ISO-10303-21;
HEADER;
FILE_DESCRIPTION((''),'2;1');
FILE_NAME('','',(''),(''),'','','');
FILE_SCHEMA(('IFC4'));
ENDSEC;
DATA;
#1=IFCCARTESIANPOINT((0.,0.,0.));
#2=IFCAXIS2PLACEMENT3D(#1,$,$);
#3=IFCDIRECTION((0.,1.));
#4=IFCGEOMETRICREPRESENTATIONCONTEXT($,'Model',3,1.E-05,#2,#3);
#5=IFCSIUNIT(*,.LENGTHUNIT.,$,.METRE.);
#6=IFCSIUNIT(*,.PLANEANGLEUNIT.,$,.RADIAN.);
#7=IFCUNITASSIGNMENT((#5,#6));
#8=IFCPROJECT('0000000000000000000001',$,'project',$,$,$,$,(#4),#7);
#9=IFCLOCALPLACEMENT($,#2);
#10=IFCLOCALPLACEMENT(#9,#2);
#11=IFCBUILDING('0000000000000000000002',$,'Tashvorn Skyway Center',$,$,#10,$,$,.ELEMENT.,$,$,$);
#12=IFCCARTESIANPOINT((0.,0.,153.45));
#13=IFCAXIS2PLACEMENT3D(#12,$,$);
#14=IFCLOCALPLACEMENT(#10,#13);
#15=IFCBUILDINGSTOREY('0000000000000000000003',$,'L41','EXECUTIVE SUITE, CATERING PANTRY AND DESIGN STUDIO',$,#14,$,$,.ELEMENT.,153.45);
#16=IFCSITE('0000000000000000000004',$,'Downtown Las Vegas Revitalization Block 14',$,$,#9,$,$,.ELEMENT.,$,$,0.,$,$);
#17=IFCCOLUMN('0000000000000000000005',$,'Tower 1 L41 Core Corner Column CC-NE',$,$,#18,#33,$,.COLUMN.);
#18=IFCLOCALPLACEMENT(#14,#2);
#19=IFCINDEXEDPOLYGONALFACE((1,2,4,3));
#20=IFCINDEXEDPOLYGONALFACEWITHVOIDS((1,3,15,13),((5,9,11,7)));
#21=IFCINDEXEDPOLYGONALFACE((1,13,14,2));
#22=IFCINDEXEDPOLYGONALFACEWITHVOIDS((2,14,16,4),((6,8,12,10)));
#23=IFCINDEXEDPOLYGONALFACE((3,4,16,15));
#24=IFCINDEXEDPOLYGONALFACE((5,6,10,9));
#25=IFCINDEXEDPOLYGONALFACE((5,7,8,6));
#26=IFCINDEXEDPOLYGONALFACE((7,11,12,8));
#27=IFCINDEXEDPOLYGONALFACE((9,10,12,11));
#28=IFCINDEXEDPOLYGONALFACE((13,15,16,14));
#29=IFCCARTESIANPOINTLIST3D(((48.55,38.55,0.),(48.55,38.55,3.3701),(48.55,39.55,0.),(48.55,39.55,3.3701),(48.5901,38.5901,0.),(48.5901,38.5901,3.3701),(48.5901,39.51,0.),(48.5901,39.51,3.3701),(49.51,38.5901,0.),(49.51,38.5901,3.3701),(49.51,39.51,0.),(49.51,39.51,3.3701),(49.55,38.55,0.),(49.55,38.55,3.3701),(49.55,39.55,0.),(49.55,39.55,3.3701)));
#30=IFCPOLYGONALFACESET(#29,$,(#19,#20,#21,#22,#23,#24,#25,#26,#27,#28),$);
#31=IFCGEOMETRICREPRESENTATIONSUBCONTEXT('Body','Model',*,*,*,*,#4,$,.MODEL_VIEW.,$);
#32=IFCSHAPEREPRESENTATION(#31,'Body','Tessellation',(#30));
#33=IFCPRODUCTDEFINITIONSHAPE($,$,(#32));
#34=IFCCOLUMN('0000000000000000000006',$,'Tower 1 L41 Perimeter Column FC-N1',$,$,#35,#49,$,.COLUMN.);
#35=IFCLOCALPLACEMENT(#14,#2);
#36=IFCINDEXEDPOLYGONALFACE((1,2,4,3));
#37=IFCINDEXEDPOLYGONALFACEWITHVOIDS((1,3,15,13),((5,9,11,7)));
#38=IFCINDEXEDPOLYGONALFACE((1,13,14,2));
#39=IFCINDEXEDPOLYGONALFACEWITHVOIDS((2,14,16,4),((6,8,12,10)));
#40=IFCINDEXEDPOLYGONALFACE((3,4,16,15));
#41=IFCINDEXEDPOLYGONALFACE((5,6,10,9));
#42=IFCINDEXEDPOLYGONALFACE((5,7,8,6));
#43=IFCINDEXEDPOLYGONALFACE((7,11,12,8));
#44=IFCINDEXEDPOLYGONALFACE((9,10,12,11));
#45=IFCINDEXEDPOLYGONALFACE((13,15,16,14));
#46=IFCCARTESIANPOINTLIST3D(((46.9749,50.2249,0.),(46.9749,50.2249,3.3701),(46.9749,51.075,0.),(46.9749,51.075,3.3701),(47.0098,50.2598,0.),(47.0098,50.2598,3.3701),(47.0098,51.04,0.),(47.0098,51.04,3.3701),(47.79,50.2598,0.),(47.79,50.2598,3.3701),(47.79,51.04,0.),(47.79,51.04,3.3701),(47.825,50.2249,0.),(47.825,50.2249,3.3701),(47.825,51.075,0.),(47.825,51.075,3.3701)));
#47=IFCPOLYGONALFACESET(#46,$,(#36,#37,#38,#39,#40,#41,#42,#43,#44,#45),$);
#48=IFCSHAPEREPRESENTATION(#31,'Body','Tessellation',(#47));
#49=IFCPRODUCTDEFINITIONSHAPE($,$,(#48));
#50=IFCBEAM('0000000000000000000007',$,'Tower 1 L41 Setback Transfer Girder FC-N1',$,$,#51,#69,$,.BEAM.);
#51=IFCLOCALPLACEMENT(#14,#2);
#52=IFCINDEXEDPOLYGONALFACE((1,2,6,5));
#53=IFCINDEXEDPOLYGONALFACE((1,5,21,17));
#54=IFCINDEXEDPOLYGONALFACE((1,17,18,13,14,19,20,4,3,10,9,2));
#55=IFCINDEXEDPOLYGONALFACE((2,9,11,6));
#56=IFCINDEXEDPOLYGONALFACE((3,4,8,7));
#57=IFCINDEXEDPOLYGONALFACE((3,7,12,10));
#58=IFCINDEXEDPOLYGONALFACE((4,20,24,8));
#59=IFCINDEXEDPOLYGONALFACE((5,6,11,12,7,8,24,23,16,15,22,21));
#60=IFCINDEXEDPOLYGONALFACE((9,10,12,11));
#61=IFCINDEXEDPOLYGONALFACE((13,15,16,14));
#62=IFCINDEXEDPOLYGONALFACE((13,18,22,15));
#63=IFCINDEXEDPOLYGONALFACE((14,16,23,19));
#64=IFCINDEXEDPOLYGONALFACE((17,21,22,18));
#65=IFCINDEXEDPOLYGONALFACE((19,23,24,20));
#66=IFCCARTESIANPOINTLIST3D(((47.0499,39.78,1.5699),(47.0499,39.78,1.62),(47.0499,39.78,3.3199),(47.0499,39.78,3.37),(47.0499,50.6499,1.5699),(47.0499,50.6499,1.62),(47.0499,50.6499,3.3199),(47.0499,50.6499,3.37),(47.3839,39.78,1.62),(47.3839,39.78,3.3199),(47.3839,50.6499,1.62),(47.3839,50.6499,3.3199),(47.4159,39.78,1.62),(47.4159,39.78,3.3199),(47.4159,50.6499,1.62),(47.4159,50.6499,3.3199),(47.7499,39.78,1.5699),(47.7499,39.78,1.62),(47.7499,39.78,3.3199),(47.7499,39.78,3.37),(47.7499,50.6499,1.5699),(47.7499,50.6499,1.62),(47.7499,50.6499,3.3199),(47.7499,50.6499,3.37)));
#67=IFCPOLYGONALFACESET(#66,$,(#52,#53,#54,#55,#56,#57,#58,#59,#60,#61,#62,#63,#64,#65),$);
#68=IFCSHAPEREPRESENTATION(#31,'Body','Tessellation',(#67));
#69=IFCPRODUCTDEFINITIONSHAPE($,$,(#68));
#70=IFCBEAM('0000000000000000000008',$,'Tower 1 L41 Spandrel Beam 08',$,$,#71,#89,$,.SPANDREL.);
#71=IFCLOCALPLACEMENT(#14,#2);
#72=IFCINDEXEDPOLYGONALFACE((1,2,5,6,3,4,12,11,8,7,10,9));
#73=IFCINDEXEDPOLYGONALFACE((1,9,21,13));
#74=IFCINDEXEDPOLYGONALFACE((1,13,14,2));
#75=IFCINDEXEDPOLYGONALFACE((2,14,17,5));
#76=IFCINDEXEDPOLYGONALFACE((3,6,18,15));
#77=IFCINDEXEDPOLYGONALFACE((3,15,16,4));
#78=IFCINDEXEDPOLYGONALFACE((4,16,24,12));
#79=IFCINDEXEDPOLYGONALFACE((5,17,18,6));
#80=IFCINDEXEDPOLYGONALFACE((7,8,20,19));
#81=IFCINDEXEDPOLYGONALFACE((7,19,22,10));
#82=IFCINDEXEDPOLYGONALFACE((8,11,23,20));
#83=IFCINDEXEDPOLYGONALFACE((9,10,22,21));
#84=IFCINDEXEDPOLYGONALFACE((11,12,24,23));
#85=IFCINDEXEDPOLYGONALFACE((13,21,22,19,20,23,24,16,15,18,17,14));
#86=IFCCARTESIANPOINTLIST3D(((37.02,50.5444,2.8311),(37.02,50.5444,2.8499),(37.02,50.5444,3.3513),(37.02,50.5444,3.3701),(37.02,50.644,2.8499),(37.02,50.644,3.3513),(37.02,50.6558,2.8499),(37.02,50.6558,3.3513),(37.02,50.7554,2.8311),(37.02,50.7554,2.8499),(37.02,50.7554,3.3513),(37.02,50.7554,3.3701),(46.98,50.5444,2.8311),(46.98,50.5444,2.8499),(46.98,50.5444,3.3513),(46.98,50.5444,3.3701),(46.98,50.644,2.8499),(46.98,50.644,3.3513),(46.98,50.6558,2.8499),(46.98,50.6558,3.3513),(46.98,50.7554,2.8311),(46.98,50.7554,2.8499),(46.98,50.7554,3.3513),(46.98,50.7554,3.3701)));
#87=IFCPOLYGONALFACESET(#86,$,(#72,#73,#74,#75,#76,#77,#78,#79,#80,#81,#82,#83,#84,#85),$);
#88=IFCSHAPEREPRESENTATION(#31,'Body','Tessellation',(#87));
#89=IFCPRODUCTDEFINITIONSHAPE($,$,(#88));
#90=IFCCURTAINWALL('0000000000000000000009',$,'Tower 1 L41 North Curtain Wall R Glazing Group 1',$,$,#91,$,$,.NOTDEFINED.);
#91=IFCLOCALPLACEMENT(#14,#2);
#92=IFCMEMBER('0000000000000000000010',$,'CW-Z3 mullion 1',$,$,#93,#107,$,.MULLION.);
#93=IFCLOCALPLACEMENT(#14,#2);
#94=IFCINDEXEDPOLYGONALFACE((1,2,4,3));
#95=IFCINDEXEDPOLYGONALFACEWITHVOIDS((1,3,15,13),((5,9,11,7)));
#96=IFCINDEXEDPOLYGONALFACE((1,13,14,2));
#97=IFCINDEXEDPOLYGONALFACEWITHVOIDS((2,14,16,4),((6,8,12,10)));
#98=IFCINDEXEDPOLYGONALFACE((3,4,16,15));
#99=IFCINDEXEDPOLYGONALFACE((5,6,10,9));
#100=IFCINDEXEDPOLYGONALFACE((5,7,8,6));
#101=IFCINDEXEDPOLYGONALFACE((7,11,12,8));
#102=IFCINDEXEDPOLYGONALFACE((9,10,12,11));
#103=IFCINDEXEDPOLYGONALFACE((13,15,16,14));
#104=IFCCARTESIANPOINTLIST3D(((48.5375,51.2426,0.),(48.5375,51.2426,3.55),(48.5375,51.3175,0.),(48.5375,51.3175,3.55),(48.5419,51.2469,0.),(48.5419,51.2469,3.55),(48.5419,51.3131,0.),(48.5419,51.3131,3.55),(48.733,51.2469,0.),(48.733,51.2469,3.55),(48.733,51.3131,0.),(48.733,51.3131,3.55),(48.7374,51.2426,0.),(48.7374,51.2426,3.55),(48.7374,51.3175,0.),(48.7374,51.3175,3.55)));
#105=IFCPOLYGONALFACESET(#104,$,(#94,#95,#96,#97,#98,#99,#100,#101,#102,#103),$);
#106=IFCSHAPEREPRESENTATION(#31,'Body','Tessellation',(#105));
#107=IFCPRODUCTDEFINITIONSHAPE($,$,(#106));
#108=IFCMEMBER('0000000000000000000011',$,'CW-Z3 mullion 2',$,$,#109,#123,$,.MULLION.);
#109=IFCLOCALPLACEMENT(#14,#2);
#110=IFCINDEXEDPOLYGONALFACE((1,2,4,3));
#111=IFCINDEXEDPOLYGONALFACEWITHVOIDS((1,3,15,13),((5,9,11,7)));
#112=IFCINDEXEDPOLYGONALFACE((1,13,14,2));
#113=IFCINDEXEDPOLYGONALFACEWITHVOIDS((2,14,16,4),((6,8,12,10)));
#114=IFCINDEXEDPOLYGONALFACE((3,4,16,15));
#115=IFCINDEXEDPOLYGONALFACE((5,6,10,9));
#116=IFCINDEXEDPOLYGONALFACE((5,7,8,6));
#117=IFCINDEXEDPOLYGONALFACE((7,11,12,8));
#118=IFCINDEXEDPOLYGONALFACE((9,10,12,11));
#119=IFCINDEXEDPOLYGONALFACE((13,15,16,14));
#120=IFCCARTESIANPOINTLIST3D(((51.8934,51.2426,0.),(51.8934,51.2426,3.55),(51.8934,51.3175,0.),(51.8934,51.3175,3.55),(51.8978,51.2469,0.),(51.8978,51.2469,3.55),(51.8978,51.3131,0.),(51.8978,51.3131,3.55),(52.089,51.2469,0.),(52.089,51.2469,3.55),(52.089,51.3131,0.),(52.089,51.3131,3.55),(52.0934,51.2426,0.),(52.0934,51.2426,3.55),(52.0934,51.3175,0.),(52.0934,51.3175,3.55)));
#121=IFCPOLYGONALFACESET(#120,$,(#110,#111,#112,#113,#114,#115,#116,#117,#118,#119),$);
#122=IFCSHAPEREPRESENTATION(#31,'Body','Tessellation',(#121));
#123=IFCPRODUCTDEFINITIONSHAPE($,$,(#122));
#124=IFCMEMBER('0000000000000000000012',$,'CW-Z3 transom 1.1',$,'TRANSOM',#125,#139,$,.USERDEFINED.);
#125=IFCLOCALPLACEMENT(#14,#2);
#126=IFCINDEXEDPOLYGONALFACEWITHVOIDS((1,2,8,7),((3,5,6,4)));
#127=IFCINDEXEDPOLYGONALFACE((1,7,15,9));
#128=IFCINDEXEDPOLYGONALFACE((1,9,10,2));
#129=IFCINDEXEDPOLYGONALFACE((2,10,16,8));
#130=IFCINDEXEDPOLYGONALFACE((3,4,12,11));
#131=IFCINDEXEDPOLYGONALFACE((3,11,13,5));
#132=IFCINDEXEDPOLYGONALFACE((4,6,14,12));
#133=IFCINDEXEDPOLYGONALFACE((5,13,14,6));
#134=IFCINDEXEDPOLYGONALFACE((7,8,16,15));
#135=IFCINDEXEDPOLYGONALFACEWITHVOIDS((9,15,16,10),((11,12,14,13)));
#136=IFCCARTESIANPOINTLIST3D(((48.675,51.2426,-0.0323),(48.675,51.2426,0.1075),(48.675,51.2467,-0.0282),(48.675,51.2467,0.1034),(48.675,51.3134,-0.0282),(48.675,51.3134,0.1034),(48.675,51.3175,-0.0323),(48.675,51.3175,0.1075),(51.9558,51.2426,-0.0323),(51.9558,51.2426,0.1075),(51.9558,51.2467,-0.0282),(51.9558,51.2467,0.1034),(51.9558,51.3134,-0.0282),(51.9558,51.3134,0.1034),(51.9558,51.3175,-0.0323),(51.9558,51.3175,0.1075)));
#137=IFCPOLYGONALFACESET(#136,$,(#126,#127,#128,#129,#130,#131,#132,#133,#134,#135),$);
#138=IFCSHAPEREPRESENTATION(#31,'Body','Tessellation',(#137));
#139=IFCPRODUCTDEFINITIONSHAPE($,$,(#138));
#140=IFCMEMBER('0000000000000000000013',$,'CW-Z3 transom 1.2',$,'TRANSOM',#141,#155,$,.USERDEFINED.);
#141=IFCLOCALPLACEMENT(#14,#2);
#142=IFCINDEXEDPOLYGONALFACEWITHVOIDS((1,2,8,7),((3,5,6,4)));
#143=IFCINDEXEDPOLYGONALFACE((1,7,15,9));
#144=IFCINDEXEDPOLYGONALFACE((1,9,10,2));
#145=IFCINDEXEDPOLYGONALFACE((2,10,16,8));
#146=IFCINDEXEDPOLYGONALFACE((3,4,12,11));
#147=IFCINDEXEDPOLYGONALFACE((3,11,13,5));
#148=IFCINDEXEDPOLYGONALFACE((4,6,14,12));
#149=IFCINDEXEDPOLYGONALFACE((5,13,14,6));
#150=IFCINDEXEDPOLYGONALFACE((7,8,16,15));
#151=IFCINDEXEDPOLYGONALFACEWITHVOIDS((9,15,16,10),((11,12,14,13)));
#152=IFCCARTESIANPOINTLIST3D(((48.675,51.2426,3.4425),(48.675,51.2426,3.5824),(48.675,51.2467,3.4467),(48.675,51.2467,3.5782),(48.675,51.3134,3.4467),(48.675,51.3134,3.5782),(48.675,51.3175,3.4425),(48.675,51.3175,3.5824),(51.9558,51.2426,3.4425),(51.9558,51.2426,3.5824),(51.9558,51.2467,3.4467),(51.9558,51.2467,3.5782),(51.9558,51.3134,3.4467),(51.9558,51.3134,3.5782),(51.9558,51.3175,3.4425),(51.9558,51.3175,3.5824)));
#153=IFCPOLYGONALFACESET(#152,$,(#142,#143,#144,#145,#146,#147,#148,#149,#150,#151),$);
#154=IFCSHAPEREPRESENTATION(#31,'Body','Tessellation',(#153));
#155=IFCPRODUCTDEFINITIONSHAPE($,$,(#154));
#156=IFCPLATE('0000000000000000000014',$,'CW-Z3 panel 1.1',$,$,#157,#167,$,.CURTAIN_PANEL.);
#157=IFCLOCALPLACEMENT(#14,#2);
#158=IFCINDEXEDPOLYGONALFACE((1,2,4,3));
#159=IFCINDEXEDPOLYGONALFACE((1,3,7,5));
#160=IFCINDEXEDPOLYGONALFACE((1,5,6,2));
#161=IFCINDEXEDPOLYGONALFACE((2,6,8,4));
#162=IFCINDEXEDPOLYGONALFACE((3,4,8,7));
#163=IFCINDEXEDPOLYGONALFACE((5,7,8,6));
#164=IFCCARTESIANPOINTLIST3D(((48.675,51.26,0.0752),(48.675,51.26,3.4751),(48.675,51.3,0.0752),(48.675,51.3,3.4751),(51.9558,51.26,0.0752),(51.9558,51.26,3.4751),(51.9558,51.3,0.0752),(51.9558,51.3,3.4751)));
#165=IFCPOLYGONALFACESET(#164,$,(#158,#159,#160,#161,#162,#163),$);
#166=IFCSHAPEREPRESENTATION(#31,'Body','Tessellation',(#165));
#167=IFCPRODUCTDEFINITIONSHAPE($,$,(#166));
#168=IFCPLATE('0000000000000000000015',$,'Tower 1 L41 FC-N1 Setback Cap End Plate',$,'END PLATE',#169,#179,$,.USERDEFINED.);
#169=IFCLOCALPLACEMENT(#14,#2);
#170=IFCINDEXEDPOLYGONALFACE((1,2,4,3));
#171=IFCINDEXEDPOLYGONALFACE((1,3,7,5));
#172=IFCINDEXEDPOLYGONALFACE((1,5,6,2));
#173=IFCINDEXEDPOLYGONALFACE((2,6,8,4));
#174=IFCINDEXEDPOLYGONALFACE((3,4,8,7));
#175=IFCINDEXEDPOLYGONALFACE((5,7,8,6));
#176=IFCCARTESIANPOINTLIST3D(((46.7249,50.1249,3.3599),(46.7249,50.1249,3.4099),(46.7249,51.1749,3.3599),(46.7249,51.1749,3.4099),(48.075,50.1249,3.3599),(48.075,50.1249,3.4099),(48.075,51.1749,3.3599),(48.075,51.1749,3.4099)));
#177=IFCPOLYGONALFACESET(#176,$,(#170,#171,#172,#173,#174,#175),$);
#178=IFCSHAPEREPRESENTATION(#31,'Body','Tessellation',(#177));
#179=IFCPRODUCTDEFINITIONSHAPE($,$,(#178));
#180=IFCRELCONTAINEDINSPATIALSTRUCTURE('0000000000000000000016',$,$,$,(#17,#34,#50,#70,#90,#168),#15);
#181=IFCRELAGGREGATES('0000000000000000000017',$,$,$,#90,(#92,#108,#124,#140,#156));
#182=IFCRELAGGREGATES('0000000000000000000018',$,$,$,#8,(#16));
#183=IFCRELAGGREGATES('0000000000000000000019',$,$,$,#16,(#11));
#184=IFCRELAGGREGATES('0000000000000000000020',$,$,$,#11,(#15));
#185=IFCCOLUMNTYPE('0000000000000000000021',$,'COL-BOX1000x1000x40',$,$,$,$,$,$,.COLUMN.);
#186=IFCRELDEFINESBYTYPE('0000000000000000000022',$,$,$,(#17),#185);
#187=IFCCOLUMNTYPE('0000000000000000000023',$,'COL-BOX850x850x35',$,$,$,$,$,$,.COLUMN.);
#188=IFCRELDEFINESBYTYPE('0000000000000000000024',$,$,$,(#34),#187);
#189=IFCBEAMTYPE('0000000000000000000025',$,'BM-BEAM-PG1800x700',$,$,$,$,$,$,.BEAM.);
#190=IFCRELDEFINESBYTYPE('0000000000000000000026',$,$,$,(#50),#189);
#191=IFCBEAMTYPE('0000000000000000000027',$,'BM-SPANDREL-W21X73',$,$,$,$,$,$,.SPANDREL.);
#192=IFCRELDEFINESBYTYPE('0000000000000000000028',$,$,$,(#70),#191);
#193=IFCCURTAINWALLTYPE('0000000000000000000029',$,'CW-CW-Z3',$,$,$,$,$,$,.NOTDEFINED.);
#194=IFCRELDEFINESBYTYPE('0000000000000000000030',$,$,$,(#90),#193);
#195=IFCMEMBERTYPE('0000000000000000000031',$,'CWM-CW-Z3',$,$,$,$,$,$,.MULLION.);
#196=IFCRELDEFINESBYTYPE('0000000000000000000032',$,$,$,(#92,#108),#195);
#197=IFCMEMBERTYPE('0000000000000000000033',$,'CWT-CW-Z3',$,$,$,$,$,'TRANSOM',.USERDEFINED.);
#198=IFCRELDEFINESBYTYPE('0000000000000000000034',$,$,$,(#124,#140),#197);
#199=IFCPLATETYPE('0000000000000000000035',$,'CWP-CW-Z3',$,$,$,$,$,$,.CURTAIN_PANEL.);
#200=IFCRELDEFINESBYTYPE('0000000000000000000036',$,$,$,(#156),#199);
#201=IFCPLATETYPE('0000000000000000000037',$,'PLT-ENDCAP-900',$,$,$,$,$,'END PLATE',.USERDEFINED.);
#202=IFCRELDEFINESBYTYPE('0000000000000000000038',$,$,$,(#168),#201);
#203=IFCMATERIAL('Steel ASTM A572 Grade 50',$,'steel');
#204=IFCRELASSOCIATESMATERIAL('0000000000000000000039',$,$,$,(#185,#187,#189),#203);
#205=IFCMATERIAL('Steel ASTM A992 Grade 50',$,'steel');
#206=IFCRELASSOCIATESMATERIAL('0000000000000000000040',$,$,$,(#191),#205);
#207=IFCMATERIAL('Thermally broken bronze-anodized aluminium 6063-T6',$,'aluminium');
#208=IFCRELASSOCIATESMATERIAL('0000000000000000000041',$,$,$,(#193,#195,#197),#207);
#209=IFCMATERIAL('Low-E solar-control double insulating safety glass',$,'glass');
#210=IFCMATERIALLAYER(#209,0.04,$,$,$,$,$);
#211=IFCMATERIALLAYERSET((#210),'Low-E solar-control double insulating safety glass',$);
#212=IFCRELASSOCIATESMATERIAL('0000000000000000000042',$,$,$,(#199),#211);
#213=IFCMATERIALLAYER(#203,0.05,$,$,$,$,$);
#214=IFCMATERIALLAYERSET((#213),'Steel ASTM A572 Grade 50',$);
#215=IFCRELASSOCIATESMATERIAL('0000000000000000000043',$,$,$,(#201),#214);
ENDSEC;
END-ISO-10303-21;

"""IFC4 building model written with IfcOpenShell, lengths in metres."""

from ifc_helpers import new_model, si_unit, direction, frame, origin, origin_2d, place, context, subcontext, project, spatial, rectangle, hollow_rectangle, i_section, extrude, material, layer, layer_set, material_profile, profile_set, type_object, element, aggregate, save


model = new_model("IFC4")

# Units and contexts
model_context = context("Model", 3, precision=1e-05, world=origin(), true_north=direction((0.0, 1.0)))
body_context = subcontext(model_context, "Body", "Model", "MODEL_VIEW")
ifc_project = project(units=[si_unit("LENGTHUNIT", "METRE"), si_unit("PLANEANGLEUNIT", "RADIAN")], contexts=[model_context])

# Site, building, storey
site_placement = place(None, origin())
site = spatial("IfcSite", under=ifc_project, at=site_placement, Name="Downtown Las Vegas Revitalization Block 14", CompositionType="ELEMENT", RefElevation=0.0)
building_placement = place(site_placement, origin())
building = spatial("IfcBuilding", under=site, at=building_placement, Name="Tashvorn Skyway Center", CompositionType="ELEMENT")
storey_placement = place(building_placement, frame((0.0, 0.0, 153.45)))
storey = spatial("IfcBuildingStorey", under=building, at=storey_placement, Name="L41", Description="EXECUTIVE SUITE, CATERING PANTRY AND DESIGN STUDIO", CompositionType="ELEMENT", Elevation=153.45)

# Columns
ifc_material_1 = material(Name="Steel ASTM A572 Grade 50", Category="steel")
ifc_material_profile_1 = material_profile(ifc_material_1, hollow_rectangle(XDim=1.0, YDim=1.0, WallThickness=0.04, at=origin_2d()), Name="BOX1000x1000x40")
ifc_profile_set_1 = profile_set([ifc_material_profile_1], Name="Steel ASTM A572 Grade 50")
column_type_1 = type_object("IfcColumnType", Name="COL-BOX1000x1000x40", PredefinedType="COLUMN", material=ifc_profile_set_1)
column_1_placement = place(storey_placement, frame((49.05, 39.05, 0.0), z_axis=(0.0, 0.0, 1.0), x_axis=(1.0, 0.0, 0.0)))
element("IfcColumn", 1, at=column_1_placement, inside=storey, type_object=column_type_1, Name="Tower 1 L41 Core Corner Column CC-NE", PredefinedType="COLUMN", context=body_context, shape_type="SweptSolid", body=[
    extrude(hollow_rectangle(XDim=1.0, YDim=1.0, WallThickness=0.04, at=origin_2d()), origin(), (0.0, 0.0, 1.0), 3.3701),
])
ifc_material_profile_2 = material_profile(ifc_material_1, hollow_rectangle(XDim=0.8501, YDim=0.8501, WallThickness=0.0349, at=origin_2d()), Name="BOX850x850x35")
ifc_profile_set_2 = profile_set([ifc_material_profile_2], Name="Steel ASTM A572 Grade 50")
column_type_2 = type_object("IfcColumnType", Name="COL-BOX850x850x35", PredefinedType="COLUMN", material=ifc_profile_set_2)
column_2_placement = place(storey_placement, frame((47.3999, 50.6499, 0.0), z_axis=(0.0, 0.0, 1.0), x_axis=(1.0, 0.0, 0.0)))
element("IfcColumn", 2, at=column_2_placement, inside=storey, type_object=column_type_2, Name="Tower 1 L41 Perimeter Column FC-N1", PredefinedType="COLUMN", context=body_context, shape_type="SweptSolid", body=[
    extrude(hollow_rectangle(XDim=0.8501, YDim=0.8501, WallThickness=0.0349, at=origin_2d()), origin(), (0.0, 0.0, 1.0), 3.3701),
])

# Beams
ifc_material_profile_3 = material_profile(ifc_material_1, i_section(OverallWidth=0.7, OverallDepth=1.8, WebThickness=0.032, FlangeThickness=0.05, at=origin_2d()), Name="PG1800x700")
ifc_profile_set_3 = profile_set([ifc_material_profile_3], Name="Steel ASTM A572 Grade 50")
beam_type_1 = type_object("IfcBeamType", Name="BM-BEAM-PG1800x700", PredefinedType="BEAM", material=ifc_profile_set_3)
beam_1_placement = place(storey_placement, frame((47.3999, 50.6499, 2.47), z_axis=(0.0, -1.0, 0.0), x_axis=(1.0, 0.0, 0.0)))
element("IfcBeam", 3, at=beam_1_placement, inside=storey, type_object=beam_type_1, Name="Tower 1 L41 Setback Transfer Girder FC-N1", PredefinedType="BEAM", context=body_context, shape_type="SweptSolid", body=[
    extrude(i_section(OverallWidth=0.7, OverallDepth=1.8, WebThickness=0.032, FlangeThickness=0.05, at=origin_2d()), origin(), (0.0, 0.0, 1.0), 10.8699),
])
ifc_material_2 = material(Name="Steel ASTM A992 Grade 50", Category="steel")
ifc_material_profile_4 = material_profile(ifc_material_2, i_section(OverallWidth=0.2109, OverallDepth=0.5391, WebThickness=0.0117, FlangeThickness=0.0188, at=origin_2d()), Name="W21X73")
ifc_profile_set_4 = profile_set([ifc_material_profile_4], Name="Steel ASTM A992 Grade 50")
beam_type_2 = type_object("IfcBeamType", Name="BM-SPANDREL-W21X73", PredefinedType="SPANDREL", material=ifc_profile_set_4)
beam_2_placement = place(storey_placement, frame((46.98, 50.6499, 3.1006), z_axis=(-1.0, 0.0, 0.0), x_axis=(0.0, -1.0, 0.0)))
element("IfcBeam", 4, at=beam_2_placement, inside=storey, type_object=beam_type_2, Name="Tower 1 L41 Spandrel Beam 08", PredefinedType="SPANDREL", context=body_context, shape_type="SweptSolid", body=[
    extrude(i_section(OverallWidth=0.2109, OverallDepth=0.5391, WebThickness=0.0117, FlangeThickness=0.0188, at=origin_2d()), origin(), (0.0, 0.0, 1.0), 9.96),
])

# Curtain wall, members, plate
ifc_material_3 = material(Name="Thermally broken bronze-anodized aluminium 6063-T6", Category="aluminium")
curtain_wall_type = type_object("IfcCurtainWallType", Name="CW-CW-Z3", PredefinedType="NOTDEFINED", material=ifc_material_3)
curtain_wall_placement = place(storey_placement, origin())
curtain_wall = element("IfcCurtainWall", 5, at=curtain_wall_placement, inside=storey, type_object=curtain_wall_type, Name="Tower 1 L41 North Curtain Wall R Glazing Group 1", PredefinedType="NOTDEFINED")
ifc_material_profile_5 = material_profile(ifc_material_3, hollow_rectangle(XDim=0.075, YDim=0.2, WallThickness=0.0044, at=origin_2d()), Name="ALU-MULL-75x200")
ifc_profile_set_5 = profile_set([ifc_material_profile_5], Name="Thermally broken bronze-anodized aluminium 6063-T6")
member_type_1 = type_object("IfcMemberType", Name="CWM-CW-Z3", PredefinedType="MULLION", material=ifc_profile_set_5)
member_1_placement = place(storey_placement, frame((48.6375, 51.28, 0.0), z_axis=(0.0, 0.0, 1.0), x_axis=(0.0, 1.0, 0.0)))
member_1 = element("IfcMember", 6, at=member_1_placement, type_object=member_type_1, Name="CW-Z3 mullion 1", PredefinedType="MULLION", context=body_context, shape_type="SweptSolid", body=[
    extrude(hollow_rectangle(XDim=0.075, YDim=0.2, WallThickness=0.0044, at=origin_2d()), origin(), (0.0, 0.0, 1.0), 3.55),
])
member_2_placement = place(storey_placement, frame((51.9934, 51.28, 0.0), z_axis=(0.0, 0.0, 1.0), x_axis=(0.0, 1.0, 0.0)))
member_2 = element("IfcMember", 7, at=member_2_placement, type_object=member_type_1, Name="CW-Z3 mullion 2", PredefinedType="MULLION", context=body_context, shape_type="SweptSolid", body=[
    extrude(hollow_rectangle(XDim=0.075, YDim=0.2, WallThickness=0.0044, at=origin_2d()), origin(), (0.0, 0.0, 1.0), 3.55),
])
ifc_material_profile_6 = material_profile(ifc_material_3, hollow_rectangle(XDim=0.075, YDim=0.1399, WallThickness=0.0042, at=origin_2d()), Name="ALU-TRAN-75x140")
ifc_profile_set_6 = profile_set([ifc_material_profile_6], Name="Thermally broken bronze-anodized aluminium 6063-T6")
member_type_2 = type_object("IfcMemberType", Name="CWT-CW-Z3", ElementType="TRANSOM", PredefinedType="USERDEFINED", material=ifc_profile_set_6)
member_3_placement = place(storey_placement, frame((48.675, 51.28, 0.0376), z_axis=(1.0, 0.0, 0.0), x_axis=(0.0, 1.0, 0.0)))
member_3 = element("IfcMember", 8, at=member_3_placement, type_object=member_type_2, Name="CW-Z3 transom 1.1", ObjectType="TRANSOM", PredefinedType="USERDEFINED", context=body_context, shape_type="SweptSolid", body=[
    extrude(hollow_rectangle(XDim=0.075, YDim=0.1399, WallThickness=0.0042, at=origin_2d()), origin(), (0.0, 0.0, 1.0), 3.2808),
])
member_4_placement = place(storey_placement, frame((48.675, 51.28, 3.5125), z_axis=(1.0, 0.0, 0.0), x_axis=(0.0, 1.0, 0.0)))
member_4 = element("IfcMember", 9, at=member_4_placement, type_object=member_type_2, Name="CW-Z3 transom 1.2", ObjectType="TRANSOM", PredefinedType="USERDEFINED", context=body_context, shape_type="SweptSolid", body=[
    extrude(hollow_rectangle(XDim=0.075, YDim=0.1399, WallThickness=0.0042, at=origin_2d()), origin(), (0.0, 0.0, 1.0), 3.2808),
])
ifc_material_4 = material(Name="Low-E solar-control double insulating safety glass", Category="glass")
ifc_layer_1 = layer(ifc_material_4, 0.04)
ifc_layer_set_1 = layer_set([ifc_layer_1], Name="Low-E solar-control double insulating safety glass")
plate_type_1 = type_object("IfcPlateType", Name="CWP-CW-Z3", PredefinedType="CURTAIN_PANEL", material=ifc_layer_set_1)
plate_1_placement = place(storey_placement, frame((50.3154, 51.28, 0.0752), z_axis=(0.0, 0.0, 1.0), x_axis=(1.0, 0.0, 0.0)))
plate_1 = element("IfcPlate", 10, at=plate_1_placement, type_object=plate_type_1, Name="CW-Z3 panel 1.1", PredefinedType="CURTAIN_PANEL", context=body_context, shape_type="SweptSolid", body=[
    extrude(rectangle(XDim=3.2808, YDim=0.04, at=origin_2d()), origin(), (0.0, 0.0, 1.0), 3.3999),
])
aggregate(curtain_wall, [member_1, member_2, member_3, member_4, plate_1])

# Plate
ifc_layer_2 = layer(ifc_material_1, 0.05)
ifc_layer_set_2 = layer_set([ifc_layer_2], Name="Steel ASTM A572 Grade 50")
plate_type_2 = type_object("IfcPlateType", Name="PLT-ENDCAP-900", ElementType="END PLATE", PredefinedType="USERDEFINED", material=ifc_layer_set_2)
plate_2_placement = place(storey_placement, frame((47.3999, 50.6499, 3.3599), z_axis=(0.0, 0.0, 1.0), x_axis=(1.0, 0.0, 0.0)))
element("IfcPlate", 11, at=plate_2_placement, inside=storey, type_object=plate_type_2, Name="Tower 1 L41 FC-N1 Setback Cap End Plate", ObjectType="END PLATE", PredefinedType="USERDEFINED", context=body_context, shape_type="SweptSolid", body=[
    extrude(rectangle(XDim=1.3501, YDim=1.05, at=origin_2d()), origin(), (0.0, 0.0, 1.0), 0.05),
])

save(model, "model.ifc")
